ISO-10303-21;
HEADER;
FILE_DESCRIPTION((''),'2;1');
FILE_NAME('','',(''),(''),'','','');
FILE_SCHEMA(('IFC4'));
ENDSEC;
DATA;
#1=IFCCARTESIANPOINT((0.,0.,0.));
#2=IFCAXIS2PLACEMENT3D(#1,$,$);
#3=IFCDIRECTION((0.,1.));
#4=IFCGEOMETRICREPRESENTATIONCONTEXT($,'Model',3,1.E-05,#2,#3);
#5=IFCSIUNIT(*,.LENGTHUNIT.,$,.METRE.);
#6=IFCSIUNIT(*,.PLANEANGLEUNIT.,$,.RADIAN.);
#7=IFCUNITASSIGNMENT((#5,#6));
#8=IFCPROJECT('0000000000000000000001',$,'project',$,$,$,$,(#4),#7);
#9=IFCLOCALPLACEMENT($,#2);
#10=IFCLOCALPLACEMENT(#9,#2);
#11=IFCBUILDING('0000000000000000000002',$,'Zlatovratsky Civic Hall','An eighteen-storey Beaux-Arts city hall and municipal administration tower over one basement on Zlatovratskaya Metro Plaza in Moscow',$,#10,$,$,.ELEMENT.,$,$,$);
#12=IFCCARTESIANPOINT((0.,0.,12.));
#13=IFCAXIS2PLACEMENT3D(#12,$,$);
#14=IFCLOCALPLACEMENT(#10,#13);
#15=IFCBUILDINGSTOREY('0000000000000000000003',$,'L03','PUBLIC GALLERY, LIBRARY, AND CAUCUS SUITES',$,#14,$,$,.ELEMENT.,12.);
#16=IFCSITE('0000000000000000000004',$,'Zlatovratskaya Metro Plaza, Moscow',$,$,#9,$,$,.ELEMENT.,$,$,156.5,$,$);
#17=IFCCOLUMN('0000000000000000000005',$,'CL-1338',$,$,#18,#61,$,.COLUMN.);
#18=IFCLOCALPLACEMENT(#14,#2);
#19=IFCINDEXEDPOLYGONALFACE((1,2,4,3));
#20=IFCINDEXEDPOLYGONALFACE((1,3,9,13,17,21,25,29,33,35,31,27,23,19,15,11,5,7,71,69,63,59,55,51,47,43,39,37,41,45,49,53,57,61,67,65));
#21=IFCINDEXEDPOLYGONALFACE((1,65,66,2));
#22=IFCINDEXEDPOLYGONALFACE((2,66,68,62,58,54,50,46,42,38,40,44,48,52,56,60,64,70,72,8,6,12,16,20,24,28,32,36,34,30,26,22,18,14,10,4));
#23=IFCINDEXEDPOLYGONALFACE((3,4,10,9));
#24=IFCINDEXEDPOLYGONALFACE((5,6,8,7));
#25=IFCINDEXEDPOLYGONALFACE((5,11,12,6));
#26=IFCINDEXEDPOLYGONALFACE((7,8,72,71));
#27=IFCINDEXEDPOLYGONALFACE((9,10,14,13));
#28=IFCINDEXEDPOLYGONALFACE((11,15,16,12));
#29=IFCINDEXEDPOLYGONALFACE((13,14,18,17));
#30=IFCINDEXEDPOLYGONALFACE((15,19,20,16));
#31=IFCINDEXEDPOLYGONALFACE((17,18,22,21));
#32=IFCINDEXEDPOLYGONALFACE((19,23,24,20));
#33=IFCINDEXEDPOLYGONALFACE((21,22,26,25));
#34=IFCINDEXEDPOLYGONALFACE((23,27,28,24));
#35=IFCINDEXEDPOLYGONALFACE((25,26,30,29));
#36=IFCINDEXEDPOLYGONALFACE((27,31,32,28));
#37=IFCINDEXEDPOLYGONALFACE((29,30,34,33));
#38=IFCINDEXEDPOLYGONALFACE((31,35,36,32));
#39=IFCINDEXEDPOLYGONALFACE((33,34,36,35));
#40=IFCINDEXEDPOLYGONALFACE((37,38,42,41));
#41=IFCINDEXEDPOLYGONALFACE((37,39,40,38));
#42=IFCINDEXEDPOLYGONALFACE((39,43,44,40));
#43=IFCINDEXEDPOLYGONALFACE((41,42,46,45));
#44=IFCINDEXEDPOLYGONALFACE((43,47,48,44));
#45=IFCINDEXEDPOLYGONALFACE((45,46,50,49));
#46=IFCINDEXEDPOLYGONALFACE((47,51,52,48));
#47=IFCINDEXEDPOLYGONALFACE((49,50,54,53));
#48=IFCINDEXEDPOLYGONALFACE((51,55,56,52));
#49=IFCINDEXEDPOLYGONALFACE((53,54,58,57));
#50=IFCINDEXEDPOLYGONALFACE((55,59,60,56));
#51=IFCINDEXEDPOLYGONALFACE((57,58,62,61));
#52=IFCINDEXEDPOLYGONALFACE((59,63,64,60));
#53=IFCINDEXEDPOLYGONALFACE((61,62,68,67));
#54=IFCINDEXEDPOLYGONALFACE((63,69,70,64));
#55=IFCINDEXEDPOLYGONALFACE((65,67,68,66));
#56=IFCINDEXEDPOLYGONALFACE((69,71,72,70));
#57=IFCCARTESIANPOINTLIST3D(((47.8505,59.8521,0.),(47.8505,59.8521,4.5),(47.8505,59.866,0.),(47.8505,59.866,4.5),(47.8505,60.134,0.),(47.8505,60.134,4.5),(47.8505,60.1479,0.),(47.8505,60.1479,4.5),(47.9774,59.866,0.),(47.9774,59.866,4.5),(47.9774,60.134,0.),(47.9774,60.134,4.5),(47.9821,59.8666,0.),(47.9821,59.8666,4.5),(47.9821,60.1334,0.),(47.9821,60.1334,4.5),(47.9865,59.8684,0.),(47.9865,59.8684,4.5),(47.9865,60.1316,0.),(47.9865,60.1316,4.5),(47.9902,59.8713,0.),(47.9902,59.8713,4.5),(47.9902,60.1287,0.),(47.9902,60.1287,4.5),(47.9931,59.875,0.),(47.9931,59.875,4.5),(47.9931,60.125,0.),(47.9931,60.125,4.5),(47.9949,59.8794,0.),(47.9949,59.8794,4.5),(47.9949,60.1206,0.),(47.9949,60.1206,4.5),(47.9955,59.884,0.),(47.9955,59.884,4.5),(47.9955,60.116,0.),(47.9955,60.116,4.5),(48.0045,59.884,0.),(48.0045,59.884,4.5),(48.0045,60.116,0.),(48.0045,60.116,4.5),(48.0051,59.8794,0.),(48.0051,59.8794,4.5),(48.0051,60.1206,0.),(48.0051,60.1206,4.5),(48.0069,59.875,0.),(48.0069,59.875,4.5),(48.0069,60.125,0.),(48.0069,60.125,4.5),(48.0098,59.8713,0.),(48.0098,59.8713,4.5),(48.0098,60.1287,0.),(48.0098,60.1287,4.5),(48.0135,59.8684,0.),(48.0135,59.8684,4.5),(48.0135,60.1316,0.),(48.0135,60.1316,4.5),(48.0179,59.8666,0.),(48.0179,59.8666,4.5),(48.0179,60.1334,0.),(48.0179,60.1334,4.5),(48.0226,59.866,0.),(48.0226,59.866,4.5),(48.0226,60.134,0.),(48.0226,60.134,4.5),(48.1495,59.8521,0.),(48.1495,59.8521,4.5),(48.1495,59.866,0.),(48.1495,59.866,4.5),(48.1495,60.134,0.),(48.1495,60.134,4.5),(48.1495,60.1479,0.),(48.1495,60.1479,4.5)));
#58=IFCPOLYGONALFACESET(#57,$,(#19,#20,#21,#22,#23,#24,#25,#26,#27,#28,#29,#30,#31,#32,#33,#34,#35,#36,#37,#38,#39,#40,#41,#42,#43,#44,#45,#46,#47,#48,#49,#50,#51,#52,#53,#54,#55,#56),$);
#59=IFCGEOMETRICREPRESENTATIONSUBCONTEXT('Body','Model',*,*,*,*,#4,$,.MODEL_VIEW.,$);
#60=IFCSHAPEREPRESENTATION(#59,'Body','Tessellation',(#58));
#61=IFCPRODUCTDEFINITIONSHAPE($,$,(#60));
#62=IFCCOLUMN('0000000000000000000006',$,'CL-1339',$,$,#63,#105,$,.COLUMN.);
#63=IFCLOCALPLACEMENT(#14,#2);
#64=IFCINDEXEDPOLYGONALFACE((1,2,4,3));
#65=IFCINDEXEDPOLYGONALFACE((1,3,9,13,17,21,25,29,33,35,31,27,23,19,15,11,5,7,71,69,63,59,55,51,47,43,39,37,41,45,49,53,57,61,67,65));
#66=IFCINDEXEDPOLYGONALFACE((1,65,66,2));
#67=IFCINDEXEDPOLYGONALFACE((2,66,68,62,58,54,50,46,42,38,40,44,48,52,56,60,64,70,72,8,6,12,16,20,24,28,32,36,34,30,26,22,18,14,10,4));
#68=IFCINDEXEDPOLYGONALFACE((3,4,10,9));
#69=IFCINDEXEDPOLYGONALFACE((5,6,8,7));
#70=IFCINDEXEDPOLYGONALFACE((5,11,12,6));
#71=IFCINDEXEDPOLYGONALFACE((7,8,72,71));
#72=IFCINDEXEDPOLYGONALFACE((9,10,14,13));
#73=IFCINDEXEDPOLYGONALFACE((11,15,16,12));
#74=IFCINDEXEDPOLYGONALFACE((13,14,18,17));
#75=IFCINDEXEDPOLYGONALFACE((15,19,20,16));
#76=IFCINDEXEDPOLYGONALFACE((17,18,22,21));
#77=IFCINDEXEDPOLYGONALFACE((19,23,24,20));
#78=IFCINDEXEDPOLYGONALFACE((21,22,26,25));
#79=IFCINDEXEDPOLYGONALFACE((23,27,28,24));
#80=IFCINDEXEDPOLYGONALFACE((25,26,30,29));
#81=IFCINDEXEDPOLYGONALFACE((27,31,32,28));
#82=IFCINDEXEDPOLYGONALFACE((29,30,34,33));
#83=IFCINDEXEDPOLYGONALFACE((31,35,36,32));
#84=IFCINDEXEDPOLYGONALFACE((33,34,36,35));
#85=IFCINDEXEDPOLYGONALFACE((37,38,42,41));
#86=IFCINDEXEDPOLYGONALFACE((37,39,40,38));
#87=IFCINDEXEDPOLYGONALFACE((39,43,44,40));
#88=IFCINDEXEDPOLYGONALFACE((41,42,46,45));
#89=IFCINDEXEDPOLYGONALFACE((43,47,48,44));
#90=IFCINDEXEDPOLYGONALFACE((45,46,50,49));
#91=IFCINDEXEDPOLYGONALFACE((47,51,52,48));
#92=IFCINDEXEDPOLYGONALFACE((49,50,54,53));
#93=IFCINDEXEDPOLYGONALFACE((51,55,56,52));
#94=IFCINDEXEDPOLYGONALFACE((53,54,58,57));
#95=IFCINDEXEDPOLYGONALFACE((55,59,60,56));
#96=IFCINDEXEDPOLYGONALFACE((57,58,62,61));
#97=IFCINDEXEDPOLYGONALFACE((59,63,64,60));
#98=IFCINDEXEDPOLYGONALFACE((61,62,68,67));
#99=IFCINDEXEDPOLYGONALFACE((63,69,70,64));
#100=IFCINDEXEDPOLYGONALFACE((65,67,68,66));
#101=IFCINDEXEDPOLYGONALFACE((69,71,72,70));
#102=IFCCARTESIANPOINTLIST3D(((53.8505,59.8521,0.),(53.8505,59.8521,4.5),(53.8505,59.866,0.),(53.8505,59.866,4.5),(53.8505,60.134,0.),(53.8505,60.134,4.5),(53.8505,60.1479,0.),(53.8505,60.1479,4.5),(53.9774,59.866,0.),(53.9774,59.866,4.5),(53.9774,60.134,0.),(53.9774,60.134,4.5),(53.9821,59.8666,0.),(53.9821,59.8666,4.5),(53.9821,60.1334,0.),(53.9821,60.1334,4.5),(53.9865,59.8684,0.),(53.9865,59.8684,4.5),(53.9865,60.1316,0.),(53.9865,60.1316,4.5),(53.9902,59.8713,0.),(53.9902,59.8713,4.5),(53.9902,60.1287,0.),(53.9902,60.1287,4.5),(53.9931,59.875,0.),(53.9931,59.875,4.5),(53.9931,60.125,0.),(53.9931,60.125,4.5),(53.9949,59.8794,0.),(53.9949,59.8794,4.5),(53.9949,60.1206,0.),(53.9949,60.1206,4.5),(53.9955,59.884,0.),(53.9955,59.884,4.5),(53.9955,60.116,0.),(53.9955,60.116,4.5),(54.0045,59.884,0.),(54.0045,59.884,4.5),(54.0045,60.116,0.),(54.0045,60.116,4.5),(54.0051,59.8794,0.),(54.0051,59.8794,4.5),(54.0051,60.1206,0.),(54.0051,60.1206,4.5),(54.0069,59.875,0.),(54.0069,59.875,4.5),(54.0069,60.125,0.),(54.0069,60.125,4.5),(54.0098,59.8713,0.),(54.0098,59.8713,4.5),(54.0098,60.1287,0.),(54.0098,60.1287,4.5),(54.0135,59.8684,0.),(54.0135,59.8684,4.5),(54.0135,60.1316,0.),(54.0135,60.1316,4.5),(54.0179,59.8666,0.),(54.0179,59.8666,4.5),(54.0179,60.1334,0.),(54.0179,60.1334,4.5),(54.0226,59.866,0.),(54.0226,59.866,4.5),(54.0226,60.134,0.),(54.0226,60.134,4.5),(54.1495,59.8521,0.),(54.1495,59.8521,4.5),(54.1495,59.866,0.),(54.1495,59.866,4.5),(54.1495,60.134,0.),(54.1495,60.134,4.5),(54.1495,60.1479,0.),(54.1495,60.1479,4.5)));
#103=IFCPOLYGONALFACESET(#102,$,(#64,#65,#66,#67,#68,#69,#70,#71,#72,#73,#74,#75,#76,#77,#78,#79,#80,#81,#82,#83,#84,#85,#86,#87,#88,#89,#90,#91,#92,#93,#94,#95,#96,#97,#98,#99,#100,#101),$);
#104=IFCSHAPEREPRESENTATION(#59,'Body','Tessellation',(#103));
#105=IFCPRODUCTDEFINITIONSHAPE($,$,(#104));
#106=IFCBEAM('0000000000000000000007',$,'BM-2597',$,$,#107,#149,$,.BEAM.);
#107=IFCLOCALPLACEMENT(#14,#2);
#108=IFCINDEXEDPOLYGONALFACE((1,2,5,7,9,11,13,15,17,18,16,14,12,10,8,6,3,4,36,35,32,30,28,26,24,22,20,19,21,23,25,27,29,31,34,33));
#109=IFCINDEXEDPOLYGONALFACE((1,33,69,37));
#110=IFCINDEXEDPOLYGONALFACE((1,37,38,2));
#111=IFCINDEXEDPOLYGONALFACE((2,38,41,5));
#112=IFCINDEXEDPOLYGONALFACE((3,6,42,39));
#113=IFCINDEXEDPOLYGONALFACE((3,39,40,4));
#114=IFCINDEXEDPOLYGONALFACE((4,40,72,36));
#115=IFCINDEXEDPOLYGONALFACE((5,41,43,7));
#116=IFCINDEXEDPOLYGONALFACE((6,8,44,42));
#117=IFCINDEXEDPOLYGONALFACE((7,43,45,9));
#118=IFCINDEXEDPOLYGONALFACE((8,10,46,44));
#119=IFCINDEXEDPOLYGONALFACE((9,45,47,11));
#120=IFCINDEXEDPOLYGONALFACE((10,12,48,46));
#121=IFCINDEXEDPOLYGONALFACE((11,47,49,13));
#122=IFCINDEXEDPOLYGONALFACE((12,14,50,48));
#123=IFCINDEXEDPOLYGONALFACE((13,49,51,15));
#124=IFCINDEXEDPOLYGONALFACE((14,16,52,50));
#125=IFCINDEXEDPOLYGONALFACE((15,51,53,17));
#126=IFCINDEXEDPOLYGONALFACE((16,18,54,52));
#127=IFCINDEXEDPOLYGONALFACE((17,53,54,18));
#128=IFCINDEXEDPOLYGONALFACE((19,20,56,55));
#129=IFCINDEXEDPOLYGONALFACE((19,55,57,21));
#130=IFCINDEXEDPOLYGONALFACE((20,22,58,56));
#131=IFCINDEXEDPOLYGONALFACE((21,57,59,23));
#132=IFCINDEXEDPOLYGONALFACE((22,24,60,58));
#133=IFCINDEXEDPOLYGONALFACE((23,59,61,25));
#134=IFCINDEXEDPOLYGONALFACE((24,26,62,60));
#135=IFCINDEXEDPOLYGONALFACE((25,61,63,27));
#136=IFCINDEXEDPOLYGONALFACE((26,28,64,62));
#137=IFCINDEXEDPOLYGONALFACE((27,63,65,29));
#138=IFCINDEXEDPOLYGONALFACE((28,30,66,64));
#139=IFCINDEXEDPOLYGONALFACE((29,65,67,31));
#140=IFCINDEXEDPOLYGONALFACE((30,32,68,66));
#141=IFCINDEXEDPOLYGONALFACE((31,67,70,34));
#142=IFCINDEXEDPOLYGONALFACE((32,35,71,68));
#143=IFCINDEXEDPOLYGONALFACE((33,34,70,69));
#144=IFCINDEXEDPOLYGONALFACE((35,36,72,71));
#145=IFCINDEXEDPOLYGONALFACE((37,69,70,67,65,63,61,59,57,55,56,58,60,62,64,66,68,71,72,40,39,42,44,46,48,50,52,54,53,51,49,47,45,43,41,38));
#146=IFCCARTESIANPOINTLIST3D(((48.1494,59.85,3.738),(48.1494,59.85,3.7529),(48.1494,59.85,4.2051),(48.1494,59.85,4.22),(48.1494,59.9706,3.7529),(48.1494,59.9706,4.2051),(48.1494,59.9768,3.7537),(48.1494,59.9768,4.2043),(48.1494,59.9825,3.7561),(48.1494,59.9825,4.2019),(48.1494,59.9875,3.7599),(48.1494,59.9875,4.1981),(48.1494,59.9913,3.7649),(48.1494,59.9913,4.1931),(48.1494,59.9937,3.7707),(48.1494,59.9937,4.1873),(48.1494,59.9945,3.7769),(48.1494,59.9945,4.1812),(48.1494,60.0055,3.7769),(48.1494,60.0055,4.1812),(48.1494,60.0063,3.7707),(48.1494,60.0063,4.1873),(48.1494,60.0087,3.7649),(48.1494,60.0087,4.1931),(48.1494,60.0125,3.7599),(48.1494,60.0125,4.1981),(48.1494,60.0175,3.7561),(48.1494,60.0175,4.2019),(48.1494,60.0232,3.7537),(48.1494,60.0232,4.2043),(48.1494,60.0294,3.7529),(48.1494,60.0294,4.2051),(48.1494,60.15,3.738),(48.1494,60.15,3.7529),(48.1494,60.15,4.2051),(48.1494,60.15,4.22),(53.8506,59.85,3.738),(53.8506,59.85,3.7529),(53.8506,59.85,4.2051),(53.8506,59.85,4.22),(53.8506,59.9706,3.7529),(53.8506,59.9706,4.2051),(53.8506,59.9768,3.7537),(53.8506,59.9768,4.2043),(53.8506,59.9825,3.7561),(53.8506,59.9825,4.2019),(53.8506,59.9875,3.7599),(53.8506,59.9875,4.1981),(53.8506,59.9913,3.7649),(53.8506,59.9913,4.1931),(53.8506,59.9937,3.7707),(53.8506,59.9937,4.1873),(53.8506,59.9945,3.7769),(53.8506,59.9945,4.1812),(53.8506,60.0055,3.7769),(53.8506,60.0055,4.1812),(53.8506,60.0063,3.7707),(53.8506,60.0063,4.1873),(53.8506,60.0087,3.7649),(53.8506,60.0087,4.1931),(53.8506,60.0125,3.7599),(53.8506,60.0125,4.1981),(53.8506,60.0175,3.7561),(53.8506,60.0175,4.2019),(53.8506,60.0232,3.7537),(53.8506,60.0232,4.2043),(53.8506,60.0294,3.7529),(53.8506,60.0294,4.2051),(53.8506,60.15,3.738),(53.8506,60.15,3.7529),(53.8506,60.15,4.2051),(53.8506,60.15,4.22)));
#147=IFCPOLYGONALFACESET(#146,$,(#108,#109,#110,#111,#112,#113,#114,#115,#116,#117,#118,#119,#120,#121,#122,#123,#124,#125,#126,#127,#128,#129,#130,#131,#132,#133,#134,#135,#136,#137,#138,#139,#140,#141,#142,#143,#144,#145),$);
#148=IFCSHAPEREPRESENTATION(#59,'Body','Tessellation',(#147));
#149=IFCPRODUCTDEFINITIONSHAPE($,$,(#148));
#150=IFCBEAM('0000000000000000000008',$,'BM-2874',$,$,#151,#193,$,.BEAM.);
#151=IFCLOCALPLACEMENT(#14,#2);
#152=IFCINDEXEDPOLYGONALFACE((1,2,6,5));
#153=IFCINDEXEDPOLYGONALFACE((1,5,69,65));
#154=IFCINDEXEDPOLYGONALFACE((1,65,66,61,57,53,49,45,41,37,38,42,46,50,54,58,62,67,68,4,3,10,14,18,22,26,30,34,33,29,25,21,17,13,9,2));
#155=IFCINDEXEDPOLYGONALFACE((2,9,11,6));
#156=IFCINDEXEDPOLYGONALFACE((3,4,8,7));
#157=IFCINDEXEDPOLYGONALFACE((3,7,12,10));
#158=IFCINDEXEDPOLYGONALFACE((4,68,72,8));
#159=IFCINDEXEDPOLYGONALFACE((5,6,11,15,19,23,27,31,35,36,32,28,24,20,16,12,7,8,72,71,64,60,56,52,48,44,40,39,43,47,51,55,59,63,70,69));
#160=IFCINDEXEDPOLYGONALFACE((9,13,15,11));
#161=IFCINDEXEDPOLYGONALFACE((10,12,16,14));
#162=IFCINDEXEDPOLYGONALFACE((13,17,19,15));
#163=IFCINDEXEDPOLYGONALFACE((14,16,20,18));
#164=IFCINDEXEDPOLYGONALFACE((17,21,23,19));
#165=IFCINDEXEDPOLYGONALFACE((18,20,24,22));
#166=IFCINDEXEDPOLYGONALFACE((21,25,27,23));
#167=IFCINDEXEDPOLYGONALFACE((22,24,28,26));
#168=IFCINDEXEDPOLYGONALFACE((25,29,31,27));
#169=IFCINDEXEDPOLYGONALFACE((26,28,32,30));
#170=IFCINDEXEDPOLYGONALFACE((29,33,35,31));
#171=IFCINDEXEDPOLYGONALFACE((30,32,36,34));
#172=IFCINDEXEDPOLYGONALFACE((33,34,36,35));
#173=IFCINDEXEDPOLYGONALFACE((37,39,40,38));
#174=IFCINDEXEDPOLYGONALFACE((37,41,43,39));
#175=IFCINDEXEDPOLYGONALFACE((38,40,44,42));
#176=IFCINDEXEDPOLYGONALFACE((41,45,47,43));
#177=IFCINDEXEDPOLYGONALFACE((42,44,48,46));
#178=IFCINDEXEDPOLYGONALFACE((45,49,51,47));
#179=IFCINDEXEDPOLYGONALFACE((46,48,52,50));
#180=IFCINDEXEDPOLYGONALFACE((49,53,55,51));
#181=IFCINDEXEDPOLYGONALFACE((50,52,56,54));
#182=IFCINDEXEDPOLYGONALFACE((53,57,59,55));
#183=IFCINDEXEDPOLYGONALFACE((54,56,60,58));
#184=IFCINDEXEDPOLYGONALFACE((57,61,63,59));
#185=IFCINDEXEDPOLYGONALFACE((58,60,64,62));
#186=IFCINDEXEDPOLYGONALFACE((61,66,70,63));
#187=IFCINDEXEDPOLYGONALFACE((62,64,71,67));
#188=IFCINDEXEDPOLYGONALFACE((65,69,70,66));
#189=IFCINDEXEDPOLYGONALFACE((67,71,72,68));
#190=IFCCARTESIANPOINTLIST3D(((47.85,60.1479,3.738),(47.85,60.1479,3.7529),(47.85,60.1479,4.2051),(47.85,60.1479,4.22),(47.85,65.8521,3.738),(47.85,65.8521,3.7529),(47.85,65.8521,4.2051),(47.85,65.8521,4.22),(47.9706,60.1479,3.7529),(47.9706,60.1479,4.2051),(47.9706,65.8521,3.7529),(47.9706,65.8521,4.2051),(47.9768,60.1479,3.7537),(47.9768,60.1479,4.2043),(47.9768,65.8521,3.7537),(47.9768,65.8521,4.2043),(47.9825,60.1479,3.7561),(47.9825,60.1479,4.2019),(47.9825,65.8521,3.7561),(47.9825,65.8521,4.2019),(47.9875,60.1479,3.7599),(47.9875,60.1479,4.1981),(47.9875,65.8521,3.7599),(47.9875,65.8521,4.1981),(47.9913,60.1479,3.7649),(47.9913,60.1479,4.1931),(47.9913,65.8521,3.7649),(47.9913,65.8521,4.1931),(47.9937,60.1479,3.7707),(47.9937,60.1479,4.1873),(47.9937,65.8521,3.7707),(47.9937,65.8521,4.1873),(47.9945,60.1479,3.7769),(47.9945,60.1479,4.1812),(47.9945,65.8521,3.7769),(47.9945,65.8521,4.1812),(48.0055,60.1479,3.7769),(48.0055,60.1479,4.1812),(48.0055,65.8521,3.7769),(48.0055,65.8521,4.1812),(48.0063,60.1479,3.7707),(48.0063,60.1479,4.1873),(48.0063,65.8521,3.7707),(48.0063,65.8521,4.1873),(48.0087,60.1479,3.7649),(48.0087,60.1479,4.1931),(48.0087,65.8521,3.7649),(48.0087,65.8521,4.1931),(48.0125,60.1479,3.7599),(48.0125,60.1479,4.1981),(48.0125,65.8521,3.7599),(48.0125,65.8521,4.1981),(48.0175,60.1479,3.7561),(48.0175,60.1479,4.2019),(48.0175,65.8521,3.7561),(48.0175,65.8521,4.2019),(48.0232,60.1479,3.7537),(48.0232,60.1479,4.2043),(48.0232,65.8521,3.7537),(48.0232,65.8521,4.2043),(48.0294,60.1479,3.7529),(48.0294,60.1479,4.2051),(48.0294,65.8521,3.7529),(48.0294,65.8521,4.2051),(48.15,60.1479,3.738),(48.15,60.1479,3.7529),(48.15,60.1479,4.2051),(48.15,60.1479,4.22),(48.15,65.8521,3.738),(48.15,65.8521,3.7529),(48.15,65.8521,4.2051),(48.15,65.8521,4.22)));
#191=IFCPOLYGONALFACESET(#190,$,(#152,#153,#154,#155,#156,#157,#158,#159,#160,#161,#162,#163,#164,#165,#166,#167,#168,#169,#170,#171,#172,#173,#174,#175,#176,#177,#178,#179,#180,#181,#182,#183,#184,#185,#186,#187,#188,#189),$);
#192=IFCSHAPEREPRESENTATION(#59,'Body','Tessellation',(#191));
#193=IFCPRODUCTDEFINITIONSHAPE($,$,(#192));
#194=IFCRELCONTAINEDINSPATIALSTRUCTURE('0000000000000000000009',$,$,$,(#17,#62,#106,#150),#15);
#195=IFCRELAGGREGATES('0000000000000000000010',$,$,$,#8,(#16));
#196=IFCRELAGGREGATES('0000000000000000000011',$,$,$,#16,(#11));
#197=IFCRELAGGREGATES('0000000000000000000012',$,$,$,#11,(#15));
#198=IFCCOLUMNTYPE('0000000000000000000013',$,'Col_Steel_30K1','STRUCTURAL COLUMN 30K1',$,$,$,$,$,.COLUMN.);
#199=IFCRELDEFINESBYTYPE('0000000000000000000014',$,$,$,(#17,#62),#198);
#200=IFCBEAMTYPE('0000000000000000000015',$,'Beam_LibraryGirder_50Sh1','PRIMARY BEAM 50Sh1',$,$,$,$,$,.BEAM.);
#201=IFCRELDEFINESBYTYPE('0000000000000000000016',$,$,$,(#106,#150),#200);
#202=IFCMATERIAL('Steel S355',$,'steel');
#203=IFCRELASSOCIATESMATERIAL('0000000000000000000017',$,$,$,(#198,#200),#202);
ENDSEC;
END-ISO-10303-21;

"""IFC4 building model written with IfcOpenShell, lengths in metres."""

from ifc_helpers import new_model, si_unit, direction, frame, origin, origin_2d, place, context, subcontext, project, spatial, i_section, extrude, material, material_profile, profile_set, type_object, element, save


model = new_model("IFC4")

# Units and contexts
model_context = context("Model", 3, precision=1e-05, world=origin(), true_north=direction((0.0, 1.0)))
body_context = subcontext(model_context, "Body", "Model", "MODEL_VIEW")
ifc_project = project(units=[si_unit("LENGTHUNIT", "METRE"), si_unit("PLANEANGLEUNIT", "RADIAN")], contexts=[model_context])

# Site, building, storey
site_placement = place(None, origin())
site = spatial("IfcSite", under=ifc_project, at=site_placement, Name="Zlatovratskaya Metro Plaza, Moscow", CompositionType="ELEMENT", RefElevation=156.5)
building_placement = place(site_placement, origin())
building = spatial("IfcBuilding", under=site, at=building_placement, Name="Zlatovratsky Civic Hall", Description="An eighteen-storey Beaux-Arts city hall and municipal administration tower over one basement on Zlatovratskaya Metro Plaza in Moscow", CompositionType="ELEMENT")
storey_placement = place(building_placement, frame((0.0, 0.0, 12.0)))
storey = spatial("IfcBuildingStorey", under=building, at=storey_placement, Name="L03", Description="PUBLIC GALLERY, LIBRARY, AND CAUCUS SUITES", CompositionType="ELEMENT", Elevation=12.0)

# Columns
ifc_material_1 = material(Name="Steel S355", Category="steel")
ifc_material_profile_1 = material_profile(ifc_material_1, i_section(OverallWidth=0.2991, OverallDepth=0.2959, WebThickness=0.009, FlangeThickness=0.0139, FilletRadius=0.0181, at=origin_2d()), Name="30K1")
ifc_profile_set_1 = profile_set([ifc_material_profile_1], Name="Steel S355")
column_type = type_object("IfcColumnType", Name="Col_Steel_30K1", Description="STRUCTURAL COLUMN 30K1", PredefinedType="COLUMN", material=ifc_profile_set_1)
for number, where, z_axis, x_axis, name in (
    (1, (48.0, 60.0, 0.0), (0.0, 0.0, 1.0), (1.0, 0.0, 0.0), "CL-1338"),
    (2, (54.0, 60.0, 0.0), (0.0, 0.0, 1.0), (1.0, 0.0, 0.0), "CL-1339"),
):
    element("IfcColumn", number, at=place(storey_placement, frame(where, z_axis=z_axis, x_axis=x_axis)), inside=storey, type_object=column_type, Name=name, PredefinedType="COLUMN", context=body_context, shape_type="SweptSolid", body=[
        extrude(i_section(OverallWidth=0.2991, OverallDepth=0.2959, WebThickness=0.009, FlangeThickness=0.0139, FilletRadius=0.0181, at=origin_2d()), origin(), (0.0, 0.0, 1.0), 4.5),
    ])

# Beams
ifc_material_profile_2 = material_profile(ifc_material_1, i_section(OverallWidth=0.3, OverallDepth=0.4819, WebThickness=0.011, FlangeThickness=0.0149, FilletRadius=0.0239, at=origin_2d()), Name="50Sh1")
ifc_profile_set_2 = profile_set([ifc_material_profile_2], Name="Steel S355")
beam_type = type_object("IfcBeamType", Name="Beam_LibraryGirder_50Sh1", Description="PRIMARY BEAM 50Sh1", PredefinedType="BEAM", material=ifc_profile_set_2)
beam_placement = place(storey_placement, frame((48.1494, 60.0, 3.979), z_axis=(1.0, 0.0, 0.0), x_axis=(0.0, 1.0, 0.0)))
element("IfcBeam", 3, at=beam_placement, inside=storey, type_object=beam_type, Name="BM-2597", PredefinedType="BEAM", context=body_context, shape_type="SweptSolid", body=[
    extrude(i_section(OverallWidth=0.3, OverallDepth=0.4819, WebThickness=0.011, FlangeThickness=0.0149, FilletRadius=0.0239, at=origin_2d()), origin(), (0.0, 0.0, 1.0), 5.7012),
])
for number, where, z_axis, x_axis, name in (
    (4, (48.0, 60.1479, 3.979), (0.0, 1.0, 0.0), (-1.0, 0.0, 0.0), "BM-2874"),
):
    element("IfcBeam", number, at=place(storey_placement, frame(where, z_axis=z_axis, x_axis=x_axis)), inside=storey, type_object=beam_type, Name=name, PredefinedType="BEAM", context=body_context, shape_type="SweptSolid", body=[
        extrude(i_section(OverallWidth=0.3, OverallDepth=0.4819, WebThickness=0.011, FlangeThickness=0.0149, FilletRadius=0.0239, at=origin_2d()), origin(), (0.0, 0.0, 1.0), 5.7041),
    ])

save(model, "model.ifc")
